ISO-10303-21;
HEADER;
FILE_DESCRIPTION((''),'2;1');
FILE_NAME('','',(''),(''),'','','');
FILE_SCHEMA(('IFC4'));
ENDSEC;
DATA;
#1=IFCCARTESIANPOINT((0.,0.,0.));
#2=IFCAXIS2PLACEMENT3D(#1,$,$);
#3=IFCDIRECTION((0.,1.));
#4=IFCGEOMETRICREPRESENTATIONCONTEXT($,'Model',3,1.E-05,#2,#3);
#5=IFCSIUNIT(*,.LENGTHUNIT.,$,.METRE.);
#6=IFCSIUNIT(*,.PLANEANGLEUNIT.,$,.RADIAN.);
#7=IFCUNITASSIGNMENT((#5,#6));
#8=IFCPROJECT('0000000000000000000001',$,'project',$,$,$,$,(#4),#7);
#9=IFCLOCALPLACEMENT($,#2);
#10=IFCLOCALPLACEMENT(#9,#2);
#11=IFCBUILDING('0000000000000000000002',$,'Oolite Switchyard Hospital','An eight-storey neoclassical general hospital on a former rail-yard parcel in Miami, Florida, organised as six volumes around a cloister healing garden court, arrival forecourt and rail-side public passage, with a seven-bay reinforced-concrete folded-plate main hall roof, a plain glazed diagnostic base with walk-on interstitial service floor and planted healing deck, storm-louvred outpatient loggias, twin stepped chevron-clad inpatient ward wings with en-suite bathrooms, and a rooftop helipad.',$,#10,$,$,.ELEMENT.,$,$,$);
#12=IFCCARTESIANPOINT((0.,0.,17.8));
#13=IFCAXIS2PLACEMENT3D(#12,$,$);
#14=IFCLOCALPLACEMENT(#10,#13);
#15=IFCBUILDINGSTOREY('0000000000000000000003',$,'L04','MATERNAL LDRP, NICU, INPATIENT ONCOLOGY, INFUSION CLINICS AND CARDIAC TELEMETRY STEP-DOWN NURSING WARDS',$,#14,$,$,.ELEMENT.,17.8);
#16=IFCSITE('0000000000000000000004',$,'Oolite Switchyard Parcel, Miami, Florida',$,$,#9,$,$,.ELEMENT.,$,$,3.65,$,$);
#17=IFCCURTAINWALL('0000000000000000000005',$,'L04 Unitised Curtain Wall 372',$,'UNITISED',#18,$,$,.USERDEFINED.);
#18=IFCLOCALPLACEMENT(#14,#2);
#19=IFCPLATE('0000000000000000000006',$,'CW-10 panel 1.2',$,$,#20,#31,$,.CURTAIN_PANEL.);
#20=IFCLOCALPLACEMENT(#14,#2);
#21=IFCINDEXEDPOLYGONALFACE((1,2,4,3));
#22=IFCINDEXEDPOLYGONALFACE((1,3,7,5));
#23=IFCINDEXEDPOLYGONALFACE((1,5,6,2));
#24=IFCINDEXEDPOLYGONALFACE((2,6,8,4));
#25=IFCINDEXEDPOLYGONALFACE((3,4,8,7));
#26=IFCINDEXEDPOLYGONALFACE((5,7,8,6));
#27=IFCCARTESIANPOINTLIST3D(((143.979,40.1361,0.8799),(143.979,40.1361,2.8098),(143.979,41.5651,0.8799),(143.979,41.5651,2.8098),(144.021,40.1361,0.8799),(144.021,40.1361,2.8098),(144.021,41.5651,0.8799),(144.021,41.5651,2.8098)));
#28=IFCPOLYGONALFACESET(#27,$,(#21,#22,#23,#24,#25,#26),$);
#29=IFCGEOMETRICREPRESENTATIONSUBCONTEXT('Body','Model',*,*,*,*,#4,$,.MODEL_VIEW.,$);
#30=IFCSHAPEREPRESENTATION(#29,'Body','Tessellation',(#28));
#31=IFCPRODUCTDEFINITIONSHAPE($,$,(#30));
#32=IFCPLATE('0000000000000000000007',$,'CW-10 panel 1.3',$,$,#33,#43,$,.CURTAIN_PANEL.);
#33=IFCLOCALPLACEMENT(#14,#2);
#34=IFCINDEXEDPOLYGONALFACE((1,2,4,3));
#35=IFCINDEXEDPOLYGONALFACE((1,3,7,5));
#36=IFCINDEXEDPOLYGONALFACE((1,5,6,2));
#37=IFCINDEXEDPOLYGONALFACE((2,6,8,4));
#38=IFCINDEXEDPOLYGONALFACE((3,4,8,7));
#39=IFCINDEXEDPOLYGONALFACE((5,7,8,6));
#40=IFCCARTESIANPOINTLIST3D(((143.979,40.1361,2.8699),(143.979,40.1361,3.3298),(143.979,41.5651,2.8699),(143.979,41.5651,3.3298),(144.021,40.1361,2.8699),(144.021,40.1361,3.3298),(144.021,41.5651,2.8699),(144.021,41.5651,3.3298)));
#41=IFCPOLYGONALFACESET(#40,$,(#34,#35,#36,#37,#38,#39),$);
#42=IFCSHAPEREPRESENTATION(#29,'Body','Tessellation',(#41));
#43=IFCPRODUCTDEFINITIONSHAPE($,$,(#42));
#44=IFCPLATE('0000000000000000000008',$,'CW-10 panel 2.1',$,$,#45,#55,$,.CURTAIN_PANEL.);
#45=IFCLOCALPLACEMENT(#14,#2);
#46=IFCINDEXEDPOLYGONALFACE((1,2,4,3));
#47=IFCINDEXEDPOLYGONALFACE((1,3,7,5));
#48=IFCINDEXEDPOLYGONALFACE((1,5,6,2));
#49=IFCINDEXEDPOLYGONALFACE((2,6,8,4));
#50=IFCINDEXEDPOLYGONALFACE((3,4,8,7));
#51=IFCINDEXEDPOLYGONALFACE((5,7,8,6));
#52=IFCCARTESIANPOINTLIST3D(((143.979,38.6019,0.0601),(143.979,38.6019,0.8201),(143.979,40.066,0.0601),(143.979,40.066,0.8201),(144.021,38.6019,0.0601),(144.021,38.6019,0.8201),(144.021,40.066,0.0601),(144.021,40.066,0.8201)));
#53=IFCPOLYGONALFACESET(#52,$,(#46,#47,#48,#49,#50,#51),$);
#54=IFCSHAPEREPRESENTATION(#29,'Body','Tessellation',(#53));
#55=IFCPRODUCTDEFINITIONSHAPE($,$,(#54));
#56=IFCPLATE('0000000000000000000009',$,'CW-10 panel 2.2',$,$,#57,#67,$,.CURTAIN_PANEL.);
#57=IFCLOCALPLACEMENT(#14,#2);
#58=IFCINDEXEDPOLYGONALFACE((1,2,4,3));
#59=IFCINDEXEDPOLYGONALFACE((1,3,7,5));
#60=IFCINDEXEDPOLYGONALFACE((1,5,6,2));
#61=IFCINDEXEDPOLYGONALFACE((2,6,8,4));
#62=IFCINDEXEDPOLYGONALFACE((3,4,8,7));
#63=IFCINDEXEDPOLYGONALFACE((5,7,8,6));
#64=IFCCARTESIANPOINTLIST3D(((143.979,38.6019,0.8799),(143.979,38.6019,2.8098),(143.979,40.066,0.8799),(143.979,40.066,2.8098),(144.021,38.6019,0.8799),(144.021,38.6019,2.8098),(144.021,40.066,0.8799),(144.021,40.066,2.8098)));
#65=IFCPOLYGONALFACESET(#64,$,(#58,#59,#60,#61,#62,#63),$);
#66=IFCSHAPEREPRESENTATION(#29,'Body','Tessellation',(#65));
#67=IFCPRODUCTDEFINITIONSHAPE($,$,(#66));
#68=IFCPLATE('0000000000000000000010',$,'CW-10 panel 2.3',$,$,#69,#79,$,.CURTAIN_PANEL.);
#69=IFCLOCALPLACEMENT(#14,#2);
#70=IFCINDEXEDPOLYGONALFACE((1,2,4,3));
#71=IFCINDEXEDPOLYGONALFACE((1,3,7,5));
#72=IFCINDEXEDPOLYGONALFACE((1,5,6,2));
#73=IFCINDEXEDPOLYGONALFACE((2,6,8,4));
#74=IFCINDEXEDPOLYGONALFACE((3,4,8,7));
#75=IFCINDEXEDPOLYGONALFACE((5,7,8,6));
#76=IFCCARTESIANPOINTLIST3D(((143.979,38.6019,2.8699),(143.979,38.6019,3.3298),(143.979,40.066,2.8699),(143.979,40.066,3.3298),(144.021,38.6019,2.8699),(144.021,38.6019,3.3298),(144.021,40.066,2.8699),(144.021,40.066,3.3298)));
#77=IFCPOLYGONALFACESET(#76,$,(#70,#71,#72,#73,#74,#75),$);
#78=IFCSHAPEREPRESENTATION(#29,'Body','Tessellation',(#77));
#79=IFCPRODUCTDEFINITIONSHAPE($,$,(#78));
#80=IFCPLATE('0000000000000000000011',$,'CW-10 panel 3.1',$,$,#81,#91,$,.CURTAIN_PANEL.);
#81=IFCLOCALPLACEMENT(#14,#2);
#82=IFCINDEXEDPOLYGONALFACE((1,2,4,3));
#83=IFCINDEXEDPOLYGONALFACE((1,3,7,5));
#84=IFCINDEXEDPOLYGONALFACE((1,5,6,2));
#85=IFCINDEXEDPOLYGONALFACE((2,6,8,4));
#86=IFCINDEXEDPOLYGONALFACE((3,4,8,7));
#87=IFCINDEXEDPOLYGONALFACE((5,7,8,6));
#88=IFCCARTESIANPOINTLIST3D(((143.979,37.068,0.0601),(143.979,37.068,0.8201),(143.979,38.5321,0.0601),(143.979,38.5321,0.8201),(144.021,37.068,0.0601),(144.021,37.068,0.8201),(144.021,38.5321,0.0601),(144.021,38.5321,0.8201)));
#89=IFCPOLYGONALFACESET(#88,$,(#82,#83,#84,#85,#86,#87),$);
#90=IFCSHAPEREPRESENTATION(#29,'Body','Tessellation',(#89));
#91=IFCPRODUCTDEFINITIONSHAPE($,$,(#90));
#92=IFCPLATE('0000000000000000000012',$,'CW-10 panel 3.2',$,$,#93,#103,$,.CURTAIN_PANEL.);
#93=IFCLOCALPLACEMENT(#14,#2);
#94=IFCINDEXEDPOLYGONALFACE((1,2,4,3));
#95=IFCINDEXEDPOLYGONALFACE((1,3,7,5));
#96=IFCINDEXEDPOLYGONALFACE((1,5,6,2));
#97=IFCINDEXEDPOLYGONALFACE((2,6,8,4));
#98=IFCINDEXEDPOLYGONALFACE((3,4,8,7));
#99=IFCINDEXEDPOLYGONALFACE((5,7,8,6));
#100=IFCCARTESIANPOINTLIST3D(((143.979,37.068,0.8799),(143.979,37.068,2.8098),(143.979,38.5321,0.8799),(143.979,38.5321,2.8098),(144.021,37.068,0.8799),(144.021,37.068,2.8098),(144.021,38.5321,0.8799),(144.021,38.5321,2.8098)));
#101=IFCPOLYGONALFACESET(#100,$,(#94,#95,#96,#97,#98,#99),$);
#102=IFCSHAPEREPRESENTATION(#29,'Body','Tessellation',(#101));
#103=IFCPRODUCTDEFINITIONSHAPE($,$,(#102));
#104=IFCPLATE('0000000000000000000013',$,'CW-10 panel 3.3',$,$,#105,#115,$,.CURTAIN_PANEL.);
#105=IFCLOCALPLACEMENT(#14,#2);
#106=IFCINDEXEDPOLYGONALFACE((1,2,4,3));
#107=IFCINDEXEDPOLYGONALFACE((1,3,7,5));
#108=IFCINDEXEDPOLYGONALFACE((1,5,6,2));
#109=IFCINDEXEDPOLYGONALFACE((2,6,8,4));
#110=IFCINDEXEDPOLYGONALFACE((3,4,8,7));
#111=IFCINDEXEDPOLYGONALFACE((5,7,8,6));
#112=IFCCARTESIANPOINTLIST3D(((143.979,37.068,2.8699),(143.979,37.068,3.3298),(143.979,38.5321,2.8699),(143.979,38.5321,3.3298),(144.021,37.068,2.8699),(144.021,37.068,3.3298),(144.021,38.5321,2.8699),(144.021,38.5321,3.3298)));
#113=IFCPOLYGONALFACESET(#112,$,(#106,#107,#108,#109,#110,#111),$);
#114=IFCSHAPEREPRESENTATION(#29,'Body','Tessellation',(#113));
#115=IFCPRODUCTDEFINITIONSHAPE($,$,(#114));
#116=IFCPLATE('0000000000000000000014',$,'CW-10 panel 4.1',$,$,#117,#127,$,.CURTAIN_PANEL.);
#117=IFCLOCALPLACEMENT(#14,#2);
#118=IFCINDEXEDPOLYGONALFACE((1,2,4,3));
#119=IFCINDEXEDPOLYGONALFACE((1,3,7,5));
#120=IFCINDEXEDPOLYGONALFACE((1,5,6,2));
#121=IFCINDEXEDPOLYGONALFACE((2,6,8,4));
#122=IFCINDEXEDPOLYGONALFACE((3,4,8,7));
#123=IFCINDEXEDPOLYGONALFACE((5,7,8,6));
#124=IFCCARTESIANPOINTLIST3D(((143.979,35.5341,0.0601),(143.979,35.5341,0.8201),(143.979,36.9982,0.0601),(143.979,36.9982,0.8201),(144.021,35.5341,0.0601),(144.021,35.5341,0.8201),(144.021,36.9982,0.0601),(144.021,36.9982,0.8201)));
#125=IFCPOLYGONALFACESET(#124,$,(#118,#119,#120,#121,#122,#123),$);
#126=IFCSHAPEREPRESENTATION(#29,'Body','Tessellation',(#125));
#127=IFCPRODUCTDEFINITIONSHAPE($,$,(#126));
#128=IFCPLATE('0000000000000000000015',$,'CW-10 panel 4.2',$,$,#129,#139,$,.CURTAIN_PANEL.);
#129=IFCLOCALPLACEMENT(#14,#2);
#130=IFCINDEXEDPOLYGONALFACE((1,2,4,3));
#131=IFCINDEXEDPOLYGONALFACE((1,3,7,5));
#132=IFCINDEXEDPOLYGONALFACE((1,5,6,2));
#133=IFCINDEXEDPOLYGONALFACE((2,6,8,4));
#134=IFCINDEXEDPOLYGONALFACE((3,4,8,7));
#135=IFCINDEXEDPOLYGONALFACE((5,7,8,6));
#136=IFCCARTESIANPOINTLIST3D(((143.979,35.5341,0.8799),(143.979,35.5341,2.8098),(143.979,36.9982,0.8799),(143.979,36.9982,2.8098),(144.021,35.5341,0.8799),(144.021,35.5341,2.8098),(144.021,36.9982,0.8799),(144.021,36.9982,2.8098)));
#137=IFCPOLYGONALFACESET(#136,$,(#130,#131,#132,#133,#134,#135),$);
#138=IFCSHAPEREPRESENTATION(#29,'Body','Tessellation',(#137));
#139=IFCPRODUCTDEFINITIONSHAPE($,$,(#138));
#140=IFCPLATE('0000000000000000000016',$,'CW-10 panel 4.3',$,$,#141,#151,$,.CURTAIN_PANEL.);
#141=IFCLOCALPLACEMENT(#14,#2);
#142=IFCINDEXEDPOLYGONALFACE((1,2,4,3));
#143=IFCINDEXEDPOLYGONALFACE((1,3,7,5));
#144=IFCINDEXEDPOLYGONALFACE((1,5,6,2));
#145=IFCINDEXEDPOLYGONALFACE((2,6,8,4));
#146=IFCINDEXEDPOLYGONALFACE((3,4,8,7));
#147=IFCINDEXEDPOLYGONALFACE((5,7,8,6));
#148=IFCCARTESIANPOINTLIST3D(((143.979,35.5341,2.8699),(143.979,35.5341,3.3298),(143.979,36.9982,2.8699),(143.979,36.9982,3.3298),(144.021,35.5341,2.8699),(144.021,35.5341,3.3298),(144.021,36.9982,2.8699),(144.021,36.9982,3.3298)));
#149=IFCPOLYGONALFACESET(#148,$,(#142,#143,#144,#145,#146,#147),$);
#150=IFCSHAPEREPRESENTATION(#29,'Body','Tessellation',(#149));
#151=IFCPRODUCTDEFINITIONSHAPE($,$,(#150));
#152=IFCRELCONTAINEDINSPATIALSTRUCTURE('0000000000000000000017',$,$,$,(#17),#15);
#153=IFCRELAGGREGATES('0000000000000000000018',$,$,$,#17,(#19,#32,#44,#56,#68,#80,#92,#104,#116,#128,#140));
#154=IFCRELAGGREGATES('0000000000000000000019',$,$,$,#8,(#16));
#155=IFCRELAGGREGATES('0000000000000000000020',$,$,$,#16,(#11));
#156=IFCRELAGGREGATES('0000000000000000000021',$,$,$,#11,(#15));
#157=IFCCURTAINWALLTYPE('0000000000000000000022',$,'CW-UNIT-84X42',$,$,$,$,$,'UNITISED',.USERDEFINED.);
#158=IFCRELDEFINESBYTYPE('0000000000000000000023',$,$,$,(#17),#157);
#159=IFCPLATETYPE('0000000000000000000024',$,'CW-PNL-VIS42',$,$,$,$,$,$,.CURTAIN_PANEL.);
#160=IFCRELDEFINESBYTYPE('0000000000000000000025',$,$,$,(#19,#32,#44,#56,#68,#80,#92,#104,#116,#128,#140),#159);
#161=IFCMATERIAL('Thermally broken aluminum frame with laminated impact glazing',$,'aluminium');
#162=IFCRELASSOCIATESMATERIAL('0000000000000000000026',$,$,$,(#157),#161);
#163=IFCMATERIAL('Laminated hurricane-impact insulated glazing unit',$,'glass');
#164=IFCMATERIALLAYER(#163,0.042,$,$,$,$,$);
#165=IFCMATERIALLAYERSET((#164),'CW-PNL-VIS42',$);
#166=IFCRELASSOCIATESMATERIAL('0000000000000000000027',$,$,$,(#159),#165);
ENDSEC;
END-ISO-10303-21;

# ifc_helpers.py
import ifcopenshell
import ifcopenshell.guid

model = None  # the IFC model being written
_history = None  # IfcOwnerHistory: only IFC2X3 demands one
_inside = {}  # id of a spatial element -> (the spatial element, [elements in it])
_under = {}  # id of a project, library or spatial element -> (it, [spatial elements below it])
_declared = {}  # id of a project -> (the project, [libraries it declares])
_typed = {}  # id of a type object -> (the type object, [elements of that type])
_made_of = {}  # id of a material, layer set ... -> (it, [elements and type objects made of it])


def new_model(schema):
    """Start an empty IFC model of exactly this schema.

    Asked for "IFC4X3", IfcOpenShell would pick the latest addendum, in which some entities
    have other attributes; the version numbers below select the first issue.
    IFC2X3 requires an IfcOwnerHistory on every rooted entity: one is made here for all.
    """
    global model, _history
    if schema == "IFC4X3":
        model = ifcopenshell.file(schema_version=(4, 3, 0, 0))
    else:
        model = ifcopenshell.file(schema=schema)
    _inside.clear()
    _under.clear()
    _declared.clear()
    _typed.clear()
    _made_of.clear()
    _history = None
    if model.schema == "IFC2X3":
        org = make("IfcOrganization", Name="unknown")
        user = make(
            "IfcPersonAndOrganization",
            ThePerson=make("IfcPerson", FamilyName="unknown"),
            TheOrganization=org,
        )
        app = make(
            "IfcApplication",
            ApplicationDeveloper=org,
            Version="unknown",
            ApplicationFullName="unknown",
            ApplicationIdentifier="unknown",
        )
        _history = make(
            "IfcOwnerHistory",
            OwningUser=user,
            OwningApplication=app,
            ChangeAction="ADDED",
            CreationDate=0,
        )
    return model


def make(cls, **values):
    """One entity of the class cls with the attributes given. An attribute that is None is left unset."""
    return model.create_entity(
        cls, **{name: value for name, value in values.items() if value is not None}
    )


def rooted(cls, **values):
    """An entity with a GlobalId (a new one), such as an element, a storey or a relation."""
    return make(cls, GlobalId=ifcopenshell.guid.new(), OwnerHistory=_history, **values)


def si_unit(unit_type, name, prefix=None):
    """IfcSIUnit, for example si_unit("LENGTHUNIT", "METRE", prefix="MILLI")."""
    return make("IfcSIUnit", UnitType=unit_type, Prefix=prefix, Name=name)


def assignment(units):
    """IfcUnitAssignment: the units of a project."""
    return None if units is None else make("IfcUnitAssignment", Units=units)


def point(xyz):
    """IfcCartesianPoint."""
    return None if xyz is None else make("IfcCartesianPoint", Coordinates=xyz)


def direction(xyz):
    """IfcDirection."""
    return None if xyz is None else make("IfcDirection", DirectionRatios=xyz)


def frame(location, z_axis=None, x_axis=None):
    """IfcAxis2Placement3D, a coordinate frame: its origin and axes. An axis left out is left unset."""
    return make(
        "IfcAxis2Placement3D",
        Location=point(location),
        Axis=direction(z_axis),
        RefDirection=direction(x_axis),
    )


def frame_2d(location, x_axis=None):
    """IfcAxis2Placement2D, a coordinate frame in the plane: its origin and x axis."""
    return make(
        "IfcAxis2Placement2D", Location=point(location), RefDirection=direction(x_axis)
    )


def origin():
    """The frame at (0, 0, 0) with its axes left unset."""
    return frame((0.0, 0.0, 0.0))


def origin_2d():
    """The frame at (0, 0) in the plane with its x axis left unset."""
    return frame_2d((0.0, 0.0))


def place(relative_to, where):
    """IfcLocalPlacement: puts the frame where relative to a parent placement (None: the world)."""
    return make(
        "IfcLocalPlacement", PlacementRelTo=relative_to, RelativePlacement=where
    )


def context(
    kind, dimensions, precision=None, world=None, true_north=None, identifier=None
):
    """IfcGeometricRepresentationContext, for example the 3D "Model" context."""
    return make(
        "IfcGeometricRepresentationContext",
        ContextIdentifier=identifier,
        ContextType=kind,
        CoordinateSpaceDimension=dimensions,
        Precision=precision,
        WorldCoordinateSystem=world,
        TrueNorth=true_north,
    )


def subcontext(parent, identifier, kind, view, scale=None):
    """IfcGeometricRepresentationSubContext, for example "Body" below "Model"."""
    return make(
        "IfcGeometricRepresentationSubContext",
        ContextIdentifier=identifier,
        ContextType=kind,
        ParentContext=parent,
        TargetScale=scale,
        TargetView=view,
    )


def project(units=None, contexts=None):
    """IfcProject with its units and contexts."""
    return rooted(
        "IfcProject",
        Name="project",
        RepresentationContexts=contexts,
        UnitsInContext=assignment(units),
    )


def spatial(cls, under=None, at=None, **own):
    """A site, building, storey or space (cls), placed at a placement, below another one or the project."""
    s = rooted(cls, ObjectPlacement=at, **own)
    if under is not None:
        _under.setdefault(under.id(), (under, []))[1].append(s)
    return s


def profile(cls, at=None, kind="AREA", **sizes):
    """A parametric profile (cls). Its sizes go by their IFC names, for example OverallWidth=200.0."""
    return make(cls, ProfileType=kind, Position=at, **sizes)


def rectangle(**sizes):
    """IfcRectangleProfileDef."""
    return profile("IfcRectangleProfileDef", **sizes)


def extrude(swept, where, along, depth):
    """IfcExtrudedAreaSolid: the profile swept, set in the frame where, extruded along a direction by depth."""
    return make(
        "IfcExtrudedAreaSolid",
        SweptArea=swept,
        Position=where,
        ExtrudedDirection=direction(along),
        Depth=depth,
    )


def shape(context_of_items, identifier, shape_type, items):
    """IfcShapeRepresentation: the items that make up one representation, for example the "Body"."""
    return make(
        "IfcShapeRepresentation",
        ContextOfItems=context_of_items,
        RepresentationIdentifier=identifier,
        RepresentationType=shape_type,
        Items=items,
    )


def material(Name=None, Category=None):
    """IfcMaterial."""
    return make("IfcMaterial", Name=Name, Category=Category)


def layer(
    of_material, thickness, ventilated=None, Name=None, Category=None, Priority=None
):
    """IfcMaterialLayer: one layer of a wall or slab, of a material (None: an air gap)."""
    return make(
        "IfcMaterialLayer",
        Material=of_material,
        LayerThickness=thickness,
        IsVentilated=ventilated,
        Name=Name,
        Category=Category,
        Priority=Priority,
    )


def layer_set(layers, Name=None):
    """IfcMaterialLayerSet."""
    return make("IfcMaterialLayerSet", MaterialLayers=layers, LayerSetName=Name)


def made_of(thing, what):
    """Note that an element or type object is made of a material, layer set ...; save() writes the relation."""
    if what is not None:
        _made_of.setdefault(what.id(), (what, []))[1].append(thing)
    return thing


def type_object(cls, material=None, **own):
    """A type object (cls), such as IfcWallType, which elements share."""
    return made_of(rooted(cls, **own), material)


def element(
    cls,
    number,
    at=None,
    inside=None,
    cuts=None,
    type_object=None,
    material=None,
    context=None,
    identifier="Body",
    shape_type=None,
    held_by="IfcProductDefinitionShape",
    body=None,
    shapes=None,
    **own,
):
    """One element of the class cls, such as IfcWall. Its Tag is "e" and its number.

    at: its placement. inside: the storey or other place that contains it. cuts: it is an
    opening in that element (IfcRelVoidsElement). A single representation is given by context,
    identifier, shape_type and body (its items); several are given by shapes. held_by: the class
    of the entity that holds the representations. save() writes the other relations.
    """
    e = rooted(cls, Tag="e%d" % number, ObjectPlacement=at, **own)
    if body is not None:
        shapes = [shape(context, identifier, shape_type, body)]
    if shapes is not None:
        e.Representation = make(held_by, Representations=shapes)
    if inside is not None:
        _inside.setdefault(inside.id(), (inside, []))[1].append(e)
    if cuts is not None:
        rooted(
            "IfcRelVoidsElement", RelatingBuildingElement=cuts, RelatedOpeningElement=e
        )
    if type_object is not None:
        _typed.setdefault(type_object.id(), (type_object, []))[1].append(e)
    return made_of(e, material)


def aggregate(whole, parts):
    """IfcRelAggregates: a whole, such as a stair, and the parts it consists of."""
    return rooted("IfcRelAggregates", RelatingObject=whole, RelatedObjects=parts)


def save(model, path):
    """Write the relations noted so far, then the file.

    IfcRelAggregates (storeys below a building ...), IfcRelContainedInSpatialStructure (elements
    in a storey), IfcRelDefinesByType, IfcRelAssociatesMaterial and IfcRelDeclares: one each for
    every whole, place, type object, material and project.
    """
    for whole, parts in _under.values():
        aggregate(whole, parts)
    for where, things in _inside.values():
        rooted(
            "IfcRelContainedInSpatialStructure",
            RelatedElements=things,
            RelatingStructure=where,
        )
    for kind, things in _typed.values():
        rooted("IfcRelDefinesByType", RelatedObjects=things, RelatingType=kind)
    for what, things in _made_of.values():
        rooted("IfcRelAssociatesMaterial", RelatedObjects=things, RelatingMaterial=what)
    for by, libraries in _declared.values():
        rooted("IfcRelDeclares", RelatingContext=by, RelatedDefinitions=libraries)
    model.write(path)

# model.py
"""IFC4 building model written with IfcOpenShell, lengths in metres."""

from ifc_helpers import new_model, si_unit, direction, frame, origin, origin_2d, place, context, subcontext, project, spatial, rectangle, extrude, material, layer, layer_set, type_object, element, aggregate, save


model = new_model("IFC4")

# Units and contexts
model_context = context("Model", 3, precision=1e-05, world=origin(), true_north=direction((0.0, 1.0)))
body_context = subcontext(model_context, "Body", "Model", "MODEL_VIEW")
ifc_project = project(units=[si_unit("LENGTHUNIT", "METRE"), si_unit("PLANEANGLEUNIT", "RADIAN")], contexts=[model_context])

# Site, building, storey
site_placement = place(None, origin())
site = spatial("IfcSite", under=ifc_project, at=site_placement, Name="Oolite Switchyard Parcel, Miami, Florida", CompositionType="ELEMENT", RefElevation=3.65)
building_placement = place(site_placement, origin())
building = spatial("IfcBuilding", under=site, at=building_placement, Name="Oolite Switchyard Hospital", Description="An eight-storey neoclassical general hospital on a former rail-yard parcel in Miami, Florida, organised as six volumes around a cloister healing garden court, arrival forecourt and rail-side public passage, with a seven-bay reinforced-concrete folded-plate main hall roof, a plain glazed diagnostic base with walk-on interstitial service floor and planted healing deck, storm-louvred outpatient loggias, twin stepped chevron-clad inpatient ward wings with en-suite bathrooms, and a rooftop helipad.", CompositionType="ELEMENT")
storey_placement = place(building_placement, frame((0.0, 0.0, 17.8)))
storey = spatial("IfcBuildingStorey", under=building, at=storey_placement, Name="L04", Description="MATERNAL LDRP, NICU, INPATIENT ONCOLOGY, INFUSION CLINICS AND CARDIAC TELEMETRY STEP-DOWN NURSING WARDS", CompositionType="ELEMENT", Elevation=17.8)

# Shared definitions
ifc_material_1 = material(Name="Thermally broken aluminum frame with laminated impact glazing", Category="aluminium")
curtain_wall_type = type_object("IfcCurtainWallType", Name="CW-UNIT-84X42", ElementType="UNITISED", PredefinedType="USERDEFINED", material=ifc_material_1)

# Curtain wall, plates
curtain_wall_1_placement = place(storey_placement, origin())
curtain_wall_1 = element("IfcCurtainWall", 1, at=curtain_wall_1_placement, inside=storey, type_object=curtain_wall_type, Name="L04 Unitised Curtain Wall 372", ObjectType="UNITISED", PredefinedType="USERDEFINED")
ifc_material_2 = material(Name="Laminated hurricane-impact insulated glazing unit", Category="glass")
ifc_layer = layer(ifc_material_2, 0.042)
ifc_layer_set = layer_set([ifc_layer], Name="CW-PNL-VIS42")
plate_type = type_object("IfcPlateType", Name="CW-PNL-VIS42", PredefinedType="CURTAIN_PANEL", material=ifc_layer_set)
plate_1_placement = place(storey_placement, frame((144.0, 40.8506, 0.8799), z_axis=(0.0, 0.0, 1.0), x_axis=(0.0, -1.0, 0.0)))
plate_1 = element("IfcPlate", 2, at=plate_1_placement, type_object=plate_type, Name="CW-10 panel 1.2", PredefinedType="CURTAIN_PANEL", context=body_context, shape_type="SweptSolid", body=[
    extrude(rectangle(XDim=1.429, YDim=0.042, at=origin_2d()), origin(), (0.0, 0.0, 1.0), 1.9299),
])
plate_2_placement = place(storey_placement, frame((144.0, 40.8506, 2.8699), z_axis=(0.0, 0.0, 1.0), x_axis=(0.0, -1.0, 0.0)))
plate_2 = element("IfcPlate", 3, at=plate_2_placement, type_object=plate_type, Name="CW-10 panel 1.3", PredefinedType="CURTAIN_PANEL", context=body_context, shape_type="SweptSolid", body=[
    extrude(rectangle(XDim=1.429, YDim=0.042, at=origin_2d()), origin(), (0.0, 0.0, 1.0), 0.46),
])
plate_3_placement = place(storey_placement, frame((144.0, 39.334, 0.0601), z_axis=(0.0, 0.0, 1.0), x_axis=(0.0, -1.0, 0.0)))
plate_3 = element("IfcPlate", 4, at=plate_3_placement, type_object=plate_type, Name="CW-10 panel 2.1", PredefinedType="CURTAIN_PANEL", context=body_context, shape_type="SweptSolid", body=[
    extrude(rectangle(XDim=1.4641, YDim=0.042, at=origin_2d()), origin(), (0.0, 0.0, 1.0), 0.76),
])
plate_4_placement = place(storey_placement, frame((144.0, 39.334, 0.8799), z_axis=(0.0, 0.0, 1.0), x_axis=(0.0, -1.0, 0.0)))
plate_4 = element("IfcPlate", 5, at=plate_4_placement, type_object=plate_type, Name="CW-10 panel 2.2", PredefinedType="CURTAIN_PANEL", context=body_context, shape_type="SweptSolid", body=[
    extrude(rectangle(XDim=1.4641, YDim=0.042, at=origin_2d()), origin(), (0.0, 0.0, 1.0), 1.9299),
])
plate_5_placement = place(storey_placement, frame((144.0, 39.334, 2.8699), z_axis=(0.0, 0.0, 1.0), x_axis=(0.0, -1.0, 0.0)))
plate_5 = element("IfcPlate", 6, at=plate_5_placement, type_object=plate_type, Name="CW-10 panel 2.3", PredefinedType="CURTAIN_PANEL", context=body_context, shape_type="SweptSolid", body=[
    extrude(rectangle(XDim=1.4641, YDim=0.042, at=origin_2d()), origin(), (0.0, 0.0, 1.0), 0.46),
])
plate_6_placement = place(storey_placement, frame((144.0, 37.8, 0.0601), z_axis=(0.0, 0.0, 1.0), x_axis=(0.0, -1.0, 0.0)))
plate_6 = element("IfcPlate", 7, at=plate_6_placement, type_object=plate_type, Name="CW-10 panel 3.1", PredefinedType="CURTAIN_PANEL", context=body_context, shape_type="SweptSolid", body=[
    extrude(rectangle(XDim=1.4641, YDim=0.042, at=origin_2d()), origin(), (0.0, 0.0, 1.0), 0.76),
])
plate_7_placement = place(storey_placement, frame((144.0, 37.8, 0.8799), z_axis=(0.0, 0.0, 1.0), x_axis=(0.0, -1.0, 0.0)))
plate_7 = element("IfcPlate", 8, at=plate_7_placement, type_object=plate_type, Name="CW-10 panel 3.2", PredefinedType="CURTAIN_PANEL", context=body_context, shape_type="SweptSolid", body=[
    extrude(rectangle(XDim=1.4641, YDim=0.042, at=origin_2d()), origin(), (0.0, 0.0, 1.0), 1.9299),
])
plate_8_placement = place(storey_placement, frame((144.0, 37.8, 2.8699), z_axis=(0.0, 0.0, 1.0), x_axis=(0.0, -1.0, 0.0)))
plate_8 = element("IfcPlate", 9, at=plate_8_placement, type_object=plate_type, Name="CW-10 panel 3.3", PredefinedType="CURTAIN_PANEL", context=body_context, shape_type="SweptSolid", body=[
    extrude(rectangle(XDim=1.4641, YDim=0.042, at=origin_2d()), origin(), (0.0, 0.0, 1.0), 0.46),
])
plate_9_placement = place(storey_placement, frame((144.0, 36.2661, 0.0601), z_axis=(0.0, 0.0, 1.0), x_axis=(0.0, -1.0, 0.0)))
plate_9 = element("IfcPlate", 10, at=plate_9_placement, type_object=plate_type, Name="CW-10 panel 4.1", PredefinedType="CURTAIN_PANEL", context=body_context, shape_type="SweptSolid", body=[
    extrude(rectangle(XDim=1.4641, YDim=0.042, at=origin_2d()), origin(), (0.0, 0.0, 1.0), 0.76),
])
plate_10_placement = place(storey_placement, frame((144.0, 36.2661, 0.8799), z_axis=(0.0, 0.0, 1.0), x_axis=(0.0, -1.0, 0.0)))
plate_10 = element("IfcPlate", 11, at=plate_10_placement, type_object=plate_type, Name="CW-10 panel 4.2", PredefinedType="CURTAIN_PANEL", context=body_context, shape_type="SweptSolid", body=[
    extrude(rectangle(XDim=1.4641, YDim=0.042, at=origin_2d()), origin(), (0.0, 0.0, 1.0), 1.9299),
])
plate_11_placement = place(storey_placement, frame((144.0, 36.2661, 2.8699), z_axis=(0.0, 0.0, 1.0), x_axis=(0.0, -1.0, 0.0)))
plate_11 = element("IfcPlate", 12, at=plate_11_placement, type_object=plate_type, Name="CW-10 panel 4.3", PredefinedType="CURTAIN_PANEL", context=body_context, shape_type="SweptSolid", body=[
    extrude(rectangle(XDim=1.4641, YDim=0.042, at=origin_2d()), origin(), (0.0, 0.0, 1.0), 0.46),
])
aggregate(curtain_wall_1, [plate_1, plate_2, plate_3, plate_4, plate_5, plate_6, plate_7, plate_8, plate_9, plate_10, plate_11])

save(model, "model.ifc")
